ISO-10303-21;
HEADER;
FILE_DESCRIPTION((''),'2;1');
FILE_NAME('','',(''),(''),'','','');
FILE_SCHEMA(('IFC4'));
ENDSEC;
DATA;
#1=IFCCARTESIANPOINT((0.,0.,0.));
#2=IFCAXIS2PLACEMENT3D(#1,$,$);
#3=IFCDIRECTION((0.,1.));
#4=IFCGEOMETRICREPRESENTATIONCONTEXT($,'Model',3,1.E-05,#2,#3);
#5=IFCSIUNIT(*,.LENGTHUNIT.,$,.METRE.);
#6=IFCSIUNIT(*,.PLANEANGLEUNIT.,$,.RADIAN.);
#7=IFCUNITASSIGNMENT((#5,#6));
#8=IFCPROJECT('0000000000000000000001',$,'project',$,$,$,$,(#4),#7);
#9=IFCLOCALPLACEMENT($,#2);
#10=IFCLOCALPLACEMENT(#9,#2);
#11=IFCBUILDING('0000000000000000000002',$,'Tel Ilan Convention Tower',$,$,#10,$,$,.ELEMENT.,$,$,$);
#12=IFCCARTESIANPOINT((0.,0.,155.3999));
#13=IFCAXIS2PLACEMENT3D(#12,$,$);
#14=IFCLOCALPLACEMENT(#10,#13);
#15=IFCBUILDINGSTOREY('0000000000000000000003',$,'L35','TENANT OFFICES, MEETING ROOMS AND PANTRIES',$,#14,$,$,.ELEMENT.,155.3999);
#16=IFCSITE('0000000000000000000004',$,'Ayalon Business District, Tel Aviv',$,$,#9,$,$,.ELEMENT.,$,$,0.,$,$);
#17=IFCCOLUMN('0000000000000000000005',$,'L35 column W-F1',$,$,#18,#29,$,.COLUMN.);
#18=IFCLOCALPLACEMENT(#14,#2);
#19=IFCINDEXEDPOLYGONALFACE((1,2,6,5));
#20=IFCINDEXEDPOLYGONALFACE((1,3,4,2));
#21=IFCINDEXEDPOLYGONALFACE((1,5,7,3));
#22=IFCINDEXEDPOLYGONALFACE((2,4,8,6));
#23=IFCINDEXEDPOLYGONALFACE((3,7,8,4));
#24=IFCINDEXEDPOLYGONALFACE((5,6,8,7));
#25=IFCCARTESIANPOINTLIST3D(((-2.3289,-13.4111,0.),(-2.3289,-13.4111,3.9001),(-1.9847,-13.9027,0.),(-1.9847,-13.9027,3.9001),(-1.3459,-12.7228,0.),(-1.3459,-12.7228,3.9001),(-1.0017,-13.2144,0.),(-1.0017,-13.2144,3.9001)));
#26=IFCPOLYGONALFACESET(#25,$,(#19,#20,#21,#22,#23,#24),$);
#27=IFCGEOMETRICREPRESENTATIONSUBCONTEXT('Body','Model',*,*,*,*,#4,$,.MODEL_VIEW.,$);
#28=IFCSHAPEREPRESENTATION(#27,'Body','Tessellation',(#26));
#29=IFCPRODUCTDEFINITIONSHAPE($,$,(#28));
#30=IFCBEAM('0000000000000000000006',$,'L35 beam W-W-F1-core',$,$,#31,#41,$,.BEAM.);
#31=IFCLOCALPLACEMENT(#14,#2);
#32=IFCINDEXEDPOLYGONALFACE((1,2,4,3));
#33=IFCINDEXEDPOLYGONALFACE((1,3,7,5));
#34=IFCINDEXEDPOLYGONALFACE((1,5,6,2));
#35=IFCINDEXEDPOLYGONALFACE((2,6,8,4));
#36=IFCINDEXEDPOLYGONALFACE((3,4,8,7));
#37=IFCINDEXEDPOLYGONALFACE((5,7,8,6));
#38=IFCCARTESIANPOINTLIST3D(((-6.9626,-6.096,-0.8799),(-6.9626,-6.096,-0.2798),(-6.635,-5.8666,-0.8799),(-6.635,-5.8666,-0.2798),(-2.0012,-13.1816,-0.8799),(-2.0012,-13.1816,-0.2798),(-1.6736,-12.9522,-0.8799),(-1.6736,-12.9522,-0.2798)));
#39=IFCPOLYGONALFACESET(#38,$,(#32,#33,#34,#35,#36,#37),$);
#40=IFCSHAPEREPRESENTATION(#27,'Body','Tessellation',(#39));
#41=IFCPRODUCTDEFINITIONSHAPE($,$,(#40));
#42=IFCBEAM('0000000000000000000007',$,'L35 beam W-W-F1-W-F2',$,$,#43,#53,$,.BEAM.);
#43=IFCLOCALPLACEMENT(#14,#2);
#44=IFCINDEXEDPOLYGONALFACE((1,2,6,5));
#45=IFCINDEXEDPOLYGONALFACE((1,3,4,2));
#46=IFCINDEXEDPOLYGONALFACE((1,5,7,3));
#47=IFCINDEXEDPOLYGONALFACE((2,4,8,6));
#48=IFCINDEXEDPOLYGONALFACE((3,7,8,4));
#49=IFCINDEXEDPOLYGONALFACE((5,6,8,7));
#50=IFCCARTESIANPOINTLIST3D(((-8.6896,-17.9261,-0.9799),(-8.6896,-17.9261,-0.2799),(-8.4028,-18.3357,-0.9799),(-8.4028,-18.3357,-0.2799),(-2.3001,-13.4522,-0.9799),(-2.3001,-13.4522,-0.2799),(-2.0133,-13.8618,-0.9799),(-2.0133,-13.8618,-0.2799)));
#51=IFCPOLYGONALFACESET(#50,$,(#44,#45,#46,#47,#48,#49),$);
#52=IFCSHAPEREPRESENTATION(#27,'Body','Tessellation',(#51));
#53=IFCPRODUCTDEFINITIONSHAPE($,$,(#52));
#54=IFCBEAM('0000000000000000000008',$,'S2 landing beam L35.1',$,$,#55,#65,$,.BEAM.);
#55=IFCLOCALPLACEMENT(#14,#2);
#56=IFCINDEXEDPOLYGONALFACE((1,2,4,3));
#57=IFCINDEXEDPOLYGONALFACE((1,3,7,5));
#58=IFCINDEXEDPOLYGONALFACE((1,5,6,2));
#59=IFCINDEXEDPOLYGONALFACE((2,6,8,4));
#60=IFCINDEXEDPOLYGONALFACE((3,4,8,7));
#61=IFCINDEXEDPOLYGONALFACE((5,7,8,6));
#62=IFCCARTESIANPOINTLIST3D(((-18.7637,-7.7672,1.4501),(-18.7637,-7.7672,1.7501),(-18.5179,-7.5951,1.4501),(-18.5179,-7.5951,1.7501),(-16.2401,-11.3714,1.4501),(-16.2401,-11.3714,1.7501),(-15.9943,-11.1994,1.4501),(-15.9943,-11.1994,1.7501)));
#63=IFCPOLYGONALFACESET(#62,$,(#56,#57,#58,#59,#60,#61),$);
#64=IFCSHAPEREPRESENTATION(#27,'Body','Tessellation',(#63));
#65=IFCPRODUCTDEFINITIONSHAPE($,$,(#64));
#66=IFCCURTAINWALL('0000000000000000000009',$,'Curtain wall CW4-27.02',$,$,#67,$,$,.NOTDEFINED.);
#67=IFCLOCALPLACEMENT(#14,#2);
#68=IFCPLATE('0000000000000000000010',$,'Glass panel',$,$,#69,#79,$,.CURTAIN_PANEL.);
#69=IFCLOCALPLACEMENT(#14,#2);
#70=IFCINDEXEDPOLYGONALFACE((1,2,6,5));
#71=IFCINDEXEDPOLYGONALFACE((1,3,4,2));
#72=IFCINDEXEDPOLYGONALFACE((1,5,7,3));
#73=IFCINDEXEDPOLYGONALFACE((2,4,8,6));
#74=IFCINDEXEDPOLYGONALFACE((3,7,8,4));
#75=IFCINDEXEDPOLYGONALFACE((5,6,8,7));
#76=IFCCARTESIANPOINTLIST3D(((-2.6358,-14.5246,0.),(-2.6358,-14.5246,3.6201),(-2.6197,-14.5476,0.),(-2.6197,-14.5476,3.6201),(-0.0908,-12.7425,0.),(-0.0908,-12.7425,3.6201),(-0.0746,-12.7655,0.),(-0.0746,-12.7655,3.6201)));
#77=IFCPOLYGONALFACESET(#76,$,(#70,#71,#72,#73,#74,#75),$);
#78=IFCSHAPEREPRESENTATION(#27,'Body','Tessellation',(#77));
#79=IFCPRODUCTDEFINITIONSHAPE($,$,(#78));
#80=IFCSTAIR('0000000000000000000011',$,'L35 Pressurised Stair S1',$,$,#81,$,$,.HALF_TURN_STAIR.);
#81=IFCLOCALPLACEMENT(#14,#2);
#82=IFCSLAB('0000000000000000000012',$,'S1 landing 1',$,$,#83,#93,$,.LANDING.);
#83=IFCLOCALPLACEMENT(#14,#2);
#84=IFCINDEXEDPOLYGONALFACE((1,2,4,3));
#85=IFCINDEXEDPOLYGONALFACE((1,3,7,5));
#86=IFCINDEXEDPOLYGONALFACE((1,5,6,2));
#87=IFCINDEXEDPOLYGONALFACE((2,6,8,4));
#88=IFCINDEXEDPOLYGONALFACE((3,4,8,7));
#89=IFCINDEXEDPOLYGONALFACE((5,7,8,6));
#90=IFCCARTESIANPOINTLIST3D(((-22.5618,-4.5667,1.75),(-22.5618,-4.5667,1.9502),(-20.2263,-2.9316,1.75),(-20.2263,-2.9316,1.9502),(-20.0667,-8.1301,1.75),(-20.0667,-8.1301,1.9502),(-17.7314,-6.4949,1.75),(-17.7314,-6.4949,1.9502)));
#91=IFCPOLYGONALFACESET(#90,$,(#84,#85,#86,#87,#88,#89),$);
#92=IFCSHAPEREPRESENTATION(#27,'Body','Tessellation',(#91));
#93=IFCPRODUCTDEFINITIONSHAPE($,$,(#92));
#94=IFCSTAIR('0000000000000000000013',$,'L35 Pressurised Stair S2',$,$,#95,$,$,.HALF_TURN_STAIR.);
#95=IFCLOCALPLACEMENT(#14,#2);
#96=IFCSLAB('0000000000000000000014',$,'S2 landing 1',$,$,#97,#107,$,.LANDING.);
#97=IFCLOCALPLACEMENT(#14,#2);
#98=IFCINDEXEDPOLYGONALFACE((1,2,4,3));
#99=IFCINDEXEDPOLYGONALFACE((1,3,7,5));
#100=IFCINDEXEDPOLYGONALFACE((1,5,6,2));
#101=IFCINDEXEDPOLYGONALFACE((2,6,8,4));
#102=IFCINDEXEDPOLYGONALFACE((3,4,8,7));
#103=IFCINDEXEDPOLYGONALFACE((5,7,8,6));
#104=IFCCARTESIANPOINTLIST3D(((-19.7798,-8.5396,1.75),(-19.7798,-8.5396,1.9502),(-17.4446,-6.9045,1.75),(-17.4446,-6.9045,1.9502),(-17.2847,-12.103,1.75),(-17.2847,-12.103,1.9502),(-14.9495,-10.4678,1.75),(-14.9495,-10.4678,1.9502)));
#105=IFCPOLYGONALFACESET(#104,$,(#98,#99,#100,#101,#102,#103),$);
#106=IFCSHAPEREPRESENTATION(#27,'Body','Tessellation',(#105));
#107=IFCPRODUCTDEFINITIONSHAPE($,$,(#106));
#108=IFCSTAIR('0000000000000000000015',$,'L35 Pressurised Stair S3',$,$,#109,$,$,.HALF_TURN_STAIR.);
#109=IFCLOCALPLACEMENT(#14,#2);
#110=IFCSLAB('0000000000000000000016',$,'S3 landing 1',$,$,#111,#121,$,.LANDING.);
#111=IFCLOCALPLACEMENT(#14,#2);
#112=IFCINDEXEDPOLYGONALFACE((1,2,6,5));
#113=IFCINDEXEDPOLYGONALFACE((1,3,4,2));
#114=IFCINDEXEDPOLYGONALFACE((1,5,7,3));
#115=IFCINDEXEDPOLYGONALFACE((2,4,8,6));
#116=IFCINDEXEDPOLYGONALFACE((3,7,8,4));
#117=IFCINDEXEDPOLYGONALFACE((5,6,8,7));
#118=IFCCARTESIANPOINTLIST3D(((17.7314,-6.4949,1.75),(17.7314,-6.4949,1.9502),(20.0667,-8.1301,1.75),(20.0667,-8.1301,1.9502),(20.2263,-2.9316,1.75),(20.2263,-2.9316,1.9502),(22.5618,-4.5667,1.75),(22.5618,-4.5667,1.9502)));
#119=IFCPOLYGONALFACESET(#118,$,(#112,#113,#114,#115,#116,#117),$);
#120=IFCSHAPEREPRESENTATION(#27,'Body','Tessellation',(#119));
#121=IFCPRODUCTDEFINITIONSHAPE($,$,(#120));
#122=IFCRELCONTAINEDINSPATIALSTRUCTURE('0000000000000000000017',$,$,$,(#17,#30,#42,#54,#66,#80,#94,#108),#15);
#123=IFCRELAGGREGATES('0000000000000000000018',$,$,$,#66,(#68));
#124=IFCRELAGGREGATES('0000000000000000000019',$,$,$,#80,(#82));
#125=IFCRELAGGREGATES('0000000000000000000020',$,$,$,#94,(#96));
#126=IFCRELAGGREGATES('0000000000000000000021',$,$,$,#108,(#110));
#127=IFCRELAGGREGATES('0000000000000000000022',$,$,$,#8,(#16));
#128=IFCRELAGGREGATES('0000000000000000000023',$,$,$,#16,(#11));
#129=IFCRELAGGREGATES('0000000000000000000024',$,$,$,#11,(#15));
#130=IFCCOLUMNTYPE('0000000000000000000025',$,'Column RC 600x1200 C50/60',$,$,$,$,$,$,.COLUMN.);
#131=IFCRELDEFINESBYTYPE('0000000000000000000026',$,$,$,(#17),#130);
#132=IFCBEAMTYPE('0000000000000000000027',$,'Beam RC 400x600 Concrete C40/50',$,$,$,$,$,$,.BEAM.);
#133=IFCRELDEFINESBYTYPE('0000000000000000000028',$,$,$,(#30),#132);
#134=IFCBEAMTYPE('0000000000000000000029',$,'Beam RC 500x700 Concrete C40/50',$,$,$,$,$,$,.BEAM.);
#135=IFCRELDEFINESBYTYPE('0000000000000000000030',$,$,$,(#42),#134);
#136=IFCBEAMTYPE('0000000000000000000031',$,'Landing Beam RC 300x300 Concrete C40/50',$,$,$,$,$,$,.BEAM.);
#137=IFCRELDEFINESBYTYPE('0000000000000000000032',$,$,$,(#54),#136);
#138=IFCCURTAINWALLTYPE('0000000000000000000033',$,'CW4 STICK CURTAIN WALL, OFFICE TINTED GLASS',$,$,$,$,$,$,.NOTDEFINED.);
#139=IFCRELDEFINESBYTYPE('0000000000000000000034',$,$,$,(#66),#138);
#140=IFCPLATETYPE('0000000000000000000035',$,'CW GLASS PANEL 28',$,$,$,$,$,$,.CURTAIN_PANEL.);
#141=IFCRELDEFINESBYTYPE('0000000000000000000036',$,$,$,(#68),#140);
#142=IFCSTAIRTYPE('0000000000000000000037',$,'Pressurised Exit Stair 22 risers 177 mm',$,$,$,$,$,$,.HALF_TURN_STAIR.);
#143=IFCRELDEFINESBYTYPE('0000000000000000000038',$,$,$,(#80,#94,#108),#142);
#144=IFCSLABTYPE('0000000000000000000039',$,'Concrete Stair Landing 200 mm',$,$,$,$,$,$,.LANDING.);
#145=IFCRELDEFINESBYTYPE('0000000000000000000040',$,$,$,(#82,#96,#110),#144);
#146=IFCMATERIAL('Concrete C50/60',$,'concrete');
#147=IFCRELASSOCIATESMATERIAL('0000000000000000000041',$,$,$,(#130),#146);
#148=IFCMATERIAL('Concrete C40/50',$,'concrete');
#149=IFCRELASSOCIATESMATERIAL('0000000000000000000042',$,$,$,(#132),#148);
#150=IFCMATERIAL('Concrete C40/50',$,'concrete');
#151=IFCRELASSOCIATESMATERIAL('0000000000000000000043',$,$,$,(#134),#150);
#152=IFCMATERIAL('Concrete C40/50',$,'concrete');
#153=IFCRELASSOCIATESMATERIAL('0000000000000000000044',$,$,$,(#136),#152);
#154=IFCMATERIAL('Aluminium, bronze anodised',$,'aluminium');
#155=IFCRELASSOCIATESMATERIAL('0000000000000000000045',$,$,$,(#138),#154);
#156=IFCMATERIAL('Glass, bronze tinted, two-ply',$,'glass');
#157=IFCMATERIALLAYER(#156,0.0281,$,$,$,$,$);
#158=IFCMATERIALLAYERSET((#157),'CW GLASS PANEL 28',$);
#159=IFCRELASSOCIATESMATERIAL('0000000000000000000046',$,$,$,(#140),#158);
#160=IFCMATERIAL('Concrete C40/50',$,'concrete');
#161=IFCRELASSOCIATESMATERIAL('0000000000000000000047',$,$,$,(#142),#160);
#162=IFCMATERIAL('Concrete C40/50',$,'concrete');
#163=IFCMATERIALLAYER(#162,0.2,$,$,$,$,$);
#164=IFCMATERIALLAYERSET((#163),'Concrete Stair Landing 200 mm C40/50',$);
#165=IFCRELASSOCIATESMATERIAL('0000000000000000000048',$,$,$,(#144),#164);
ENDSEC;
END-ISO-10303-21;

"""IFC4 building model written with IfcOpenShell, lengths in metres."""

from ifc_helpers import new_model, si_unit, direction, frame, origin, origin_2d, place, context, subcontext, project, spatial, polyline, rectangle, outline, extrude, material, layer, layer_set, material_profile, profile_set, type_object, element, aggregate, save


model = new_model("IFC4")

# Units and contexts
model_context = context("Model", 3, precision=1e-05, world=origin(), true_north=direction((0.0, 1.0)))
body_context = subcontext(model_context, "Body", "Model", "MODEL_VIEW")
ifc_project = project(units=[si_unit("LENGTHUNIT", "METRE"), si_unit("PLANEANGLEUNIT", "RADIAN")], contexts=[model_context])

# Site, building, storey
site_placement = place(None, origin())
site = spatial("IfcSite", under=ifc_project, at=site_placement, Name="Ayalon Business District, Tel Aviv", CompositionType="ELEMENT", RefElevation=0.0)
building_placement = place(site_placement, origin())
building = spatial("IfcBuilding", under=site, at=building_placement, Name="Tel Ilan Convention Tower", CompositionType="ELEMENT")
storey_placement = place(building_placement, frame((0.0, 0.0, 155.3999)))
storey = spatial("IfcBuildingStorey", under=building, at=storey_placement, Name="L35", Description="TENANT OFFICES, MEETING ROOMS AND PANTRIES", CompositionType="ELEMENT", Elevation=155.3999)

# Column
ifc_material_1 = material(Name="Concrete C50/60", Category="concrete")
ifc_material_profile_1 = material_profile(ifc_material_1, rectangle(XDim=1.2, YDim=0.6001, at=origin_2d()), Name="RC 600x1200")
ifc_profile_set_1 = profile_set([ifc_material_profile_1], Name="Concrete C50/60")
column_type = type_object("IfcColumnType", Name="Column RC 600x1200 C50/60", PredefinedType="COLUMN", material=ifc_profile_set_1)
column_placement = place(storey_placement, frame((-1.6653, -13.3127, 0.0), z_axis=(0.0, 0.0, 1.0), x_axis=(-0.819152, -0.573576, 0.0)))
element("IfcColumn", 1, at=column_placement, inside=storey, type_object=column_type, Name="L35 column W-F1", PredefinedType="COLUMN", context=body_context, shape_type="SweptSolid", body=[
    extrude(rectangle(XDim=1.2, YDim=0.6001, at=origin_2d()), origin(), (0.0, 0.0, 1.0), 3.9001),
])

# Beams
ifc_material_2 = material(Name="Concrete C40/50", Category="concrete")
ifc_material_profile_2 = material_profile(ifc_material_2, rectangle(XDim=0.3999, YDim=0.6001, at=origin_2d()), Name="RC 400x600")
ifc_profile_set_2 = profile_set([ifc_material_profile_2], Name="Concrete C40/50")
beam_type_1 = type_object("IfcBeamType", Name="Beam RC 400x600 Concrete C40/50", PredefinedType="BEAM", material=ifc_profile_set_2)
beam_1_placement = place(storey_placement, frame((-1.8374, -13.0669, -0.5798), z_axis=(-0.573574, 0.819154, 0.0), x_axis=(-0.819154, -0.573574, 0.0)))
element("IfcBeam", 2, at=beam_1_placement, inside=storey, type_object=beam_type_1, Name="L35 beam W-W-F1-core", PredefinedType="BEAM", context=body_context, shape_type="SweptSolid", body=[
    extrude(rectangle(XDim=0.3999, YDim=0.6001, at=origin_2d()), origin(), (0.0, 0.0, 1.0), 8.6499),
])
ifc_material_3 = material(Name="Concrete C40/50", Category="concrete")
ifc_material_profile_3 = material_profile(ifc_material_3, rectangle(XDim=0.5, YDim=0.7, at=origin_2d()), Name="RC 500x700")
ifc_profile_set_3 = profile_set([ifc_material_profile_3], Name="Concrete C40/50")
beam_type_2 = type_object("IfcBeamType", Name="Beam RC 500x700 Concrete C40/50", PredefinedType="BEAM", material=ifc_profile_set_3)
beam_2_placement = place(storey_placement, frame((-2.1567, -13.657, -0.6299), z_axis=(-0.819154, -0.573574, 0.0), x_axis=(0.573574, -0.819154, 0.0)))
element("IfcBeam", 3, at=beam_2_placement, inside=storey, type_object=beam_type_2, Name="L35 beam W-W-F1-W-F2", PredefinedType="BEAM", context=body_context, shape_type="SweptSolid", body=[
    extrude(rectangle(XDim=0.5, YDim=0.7, at=origin_2d()), origin(), (0.0, 0.0, 1.0), 7.8),
])
ifc_material_4 = material(Name="Concrete C40/50", Category="concrete")
ifc_material_profile_4 = material_profile(ifc_material_4, rectangle(XDim=0.3, YDim=0.3, at=origin_2d()), Name="RC 300x300")
ifc_profile_set_4 = profile_set([ifc_material_profile_4], Name="Concrete C40/50")
beam_type_3 = type_object("IfcBeamType", Name="Landing Beam RC 300x300 Concrete C40/50", PredefinedType="BEAM", material=ifc_profile_set_4)
beam_3_placement = place(storey_placement, frame((-16.1172, -11.2854, 1.6001), z_axis=(-0.57357, 0.819156, 0.0), x_axis=(-0.819156, -0.57357, 0.0)))
element("IfcBeam", 4, at=beam_3_placement, inside=storey, type_object=beam_type_3, Name="S2 landing beam L35.1", PredefinedType="BEAM", context=body_context, shape_type="SweptSolid", body=[
    extrude(rectangle(XDim=0.3, YDim=0.3, at=origin_2d()), origin(), (0.0, 0.0, 1.0), 4.3999),
])

# Curtain wall, plate
ifc_material_5 = material(Name="Aluminium, bronze anodised", Category="aluminium")
curtain_wall_type = type_object("IfcCurtainWallType", Name="CW4 STICK CURTAIN WALL, OFFICE TINTED GLASS", PredefinedType="NOTDEFINED", material=ifc_material_5)
curtain_wall_placement = place(storey_placement, origin())
curtain_wall = element("IfcCurtainWall", 5, at=curtain_wall_placement, inside=storey, type_object=curtain_wall_type, Name="Curtain wall CW4-27.02", PredefinedType="NOTDEFINED")
ifc_material_6 = material(Name="Glass, bronze tinted, two-ply", Category="glass")
ifc_layer_1 = layer(ifc_material_6, 0.0281)
ifc_layer_set_1 = layer_set([ifc_layer_1], Name="CW GLASS PANEL 28")
plate_type = type_object("IfcPlateType", Name="CW GLASS PANEL 28", PredefinedType="CURTAIN_PANEL", material=ifc_layer_set_1)
plate_placement = place(storey_placement, frame((-1.3552, -13.645, 0.0), z_axis=(0.0, 0.0, 1.0), x_axis=(0.819152, 0.573576, 0.0)))
plate = element("IfcPlate", 6, at=plate_placement, type_object=plate_type, Name="Glass panel", PredefinedType="CURTAIN_PANEL", context=body_context, shape_type="SweptSolid", body=[
    extrude(rectangle(XDim=3.1069, YDim=0.0281, at=origin_2d()), origin(), (0.0, 0.0, 1.0), 3.6201),
])
aggregate(curtain_wall, [plate])

# Stairs, slabs
ifc_material_7 = material(Name="Concrete C40/50", Category="concrete")
stair_type = type_object("IfcStairType", Name="Pressurised Exit Stair 22 risers 177 mm", PredefinedType="HALF_TURN_STAIR", material=ifc_material_7)
stair_1_placement = place(storey_placement, origin())
stair_1 = element("IfcStair", 7, at=stair_1_placement, inside=storey, type_object=stair_type, Name="L35 Pressurised Stair S1", PredefinedType="HALF_TURN_STAIR")
ifc_material_8 = material(Name="Concrete C40/50", Category="concrete")
ifc_layer_2 = layer(ifc_material_8, 0.2)
ifc_layer_set_2 = layer_set([ifc_layer_2], Name="Concrete Stair Landing 200 mm C40/50")
slab_type_1 = type_object("IfcSlabType", Name="Concrete Stair Landing 200 mm", PredefinedType="LANDING", material=ifc_layer_set_2)
slab_1_placement = place(storey_placement, frame((0.0, 0.0, 1.75)))
slab_1 = element("IfcSlab", 8, at=slab_1_placement, type_object=slab_type_1, Name="S1 landing 1", PredefinedType="LANDING", context=body_context, shape_type="SweptSolid", body=[
    extrude(outline(polyline([(-20.0667, -8.1301), (-17.7314, -6.4949), (-20.2263, -2.9316), (-22.5618, -4.5667), (-20.0667, -8.1301)])), origin(), (0.0, 0.0, 1.0), 0.2002),
])
aggregate(stair_1, [slab_1])
stair_2_placement = place(storey_placement, origin())
stair_2 = element("IfcStair", 9, at=stair_2_placement, inside=storey, type_object=stair_type, Name="L35 Pressurised Stair S2", PredefinedType="HALF_TURN_STAIR")
slab_2_placement = place(storey_placement, frame((0.0, 0.0, 1.75)))
slab_2 = element("IfcSlab", 10, at=slab_2_placement, type_object=slab_type_1, Name="S2 landing 1", PredefinedType="LANDING", context=body_context, shape_type="SweptSolid", body=[
    extrude(outline(polyline([(-17.2847, -12.103), (-14.9495, -10.4678), (-17.4446, -6.9045), (-19.7798, -8.5396), (-17.2847, -12.103)])), origin(), (0.0, 0.0, 1.0), 0.2002),
])
aggregate(stair_2, [slab_2])
stair_3_placement = place(storey_placement, origin())
stair_3 = element("IfcStair", 11, at=stair_3_placement, inside=storey, type_object=stair_type, Name="L35 Pressurised Stair S3", PredefinedType="HALF_TURN_STAIR")
slab_3_placement = place(storey_placement, frame((0.0, 0.0, 1.75)))
slab_3 = element("IfcSlab", 12, at=slab_3_placement, type_object=slab_type_1, Name="S3 landing 1", PredefinedType="LANDING", context=body_context, shape_type="SweptSolid", body=[
    extrude(outline(polyline([(22.5618, -4.5667), (20.2263, -2.9316), (17.7314, -6.4949), (20.0667, -8.1301), (22.5618, -4.5667)])), origin(), (0.0, 0.0, 1.0), 0.2002),
])
aggregate(stair_3, [slab_3])

save(model, "model.ifc")
